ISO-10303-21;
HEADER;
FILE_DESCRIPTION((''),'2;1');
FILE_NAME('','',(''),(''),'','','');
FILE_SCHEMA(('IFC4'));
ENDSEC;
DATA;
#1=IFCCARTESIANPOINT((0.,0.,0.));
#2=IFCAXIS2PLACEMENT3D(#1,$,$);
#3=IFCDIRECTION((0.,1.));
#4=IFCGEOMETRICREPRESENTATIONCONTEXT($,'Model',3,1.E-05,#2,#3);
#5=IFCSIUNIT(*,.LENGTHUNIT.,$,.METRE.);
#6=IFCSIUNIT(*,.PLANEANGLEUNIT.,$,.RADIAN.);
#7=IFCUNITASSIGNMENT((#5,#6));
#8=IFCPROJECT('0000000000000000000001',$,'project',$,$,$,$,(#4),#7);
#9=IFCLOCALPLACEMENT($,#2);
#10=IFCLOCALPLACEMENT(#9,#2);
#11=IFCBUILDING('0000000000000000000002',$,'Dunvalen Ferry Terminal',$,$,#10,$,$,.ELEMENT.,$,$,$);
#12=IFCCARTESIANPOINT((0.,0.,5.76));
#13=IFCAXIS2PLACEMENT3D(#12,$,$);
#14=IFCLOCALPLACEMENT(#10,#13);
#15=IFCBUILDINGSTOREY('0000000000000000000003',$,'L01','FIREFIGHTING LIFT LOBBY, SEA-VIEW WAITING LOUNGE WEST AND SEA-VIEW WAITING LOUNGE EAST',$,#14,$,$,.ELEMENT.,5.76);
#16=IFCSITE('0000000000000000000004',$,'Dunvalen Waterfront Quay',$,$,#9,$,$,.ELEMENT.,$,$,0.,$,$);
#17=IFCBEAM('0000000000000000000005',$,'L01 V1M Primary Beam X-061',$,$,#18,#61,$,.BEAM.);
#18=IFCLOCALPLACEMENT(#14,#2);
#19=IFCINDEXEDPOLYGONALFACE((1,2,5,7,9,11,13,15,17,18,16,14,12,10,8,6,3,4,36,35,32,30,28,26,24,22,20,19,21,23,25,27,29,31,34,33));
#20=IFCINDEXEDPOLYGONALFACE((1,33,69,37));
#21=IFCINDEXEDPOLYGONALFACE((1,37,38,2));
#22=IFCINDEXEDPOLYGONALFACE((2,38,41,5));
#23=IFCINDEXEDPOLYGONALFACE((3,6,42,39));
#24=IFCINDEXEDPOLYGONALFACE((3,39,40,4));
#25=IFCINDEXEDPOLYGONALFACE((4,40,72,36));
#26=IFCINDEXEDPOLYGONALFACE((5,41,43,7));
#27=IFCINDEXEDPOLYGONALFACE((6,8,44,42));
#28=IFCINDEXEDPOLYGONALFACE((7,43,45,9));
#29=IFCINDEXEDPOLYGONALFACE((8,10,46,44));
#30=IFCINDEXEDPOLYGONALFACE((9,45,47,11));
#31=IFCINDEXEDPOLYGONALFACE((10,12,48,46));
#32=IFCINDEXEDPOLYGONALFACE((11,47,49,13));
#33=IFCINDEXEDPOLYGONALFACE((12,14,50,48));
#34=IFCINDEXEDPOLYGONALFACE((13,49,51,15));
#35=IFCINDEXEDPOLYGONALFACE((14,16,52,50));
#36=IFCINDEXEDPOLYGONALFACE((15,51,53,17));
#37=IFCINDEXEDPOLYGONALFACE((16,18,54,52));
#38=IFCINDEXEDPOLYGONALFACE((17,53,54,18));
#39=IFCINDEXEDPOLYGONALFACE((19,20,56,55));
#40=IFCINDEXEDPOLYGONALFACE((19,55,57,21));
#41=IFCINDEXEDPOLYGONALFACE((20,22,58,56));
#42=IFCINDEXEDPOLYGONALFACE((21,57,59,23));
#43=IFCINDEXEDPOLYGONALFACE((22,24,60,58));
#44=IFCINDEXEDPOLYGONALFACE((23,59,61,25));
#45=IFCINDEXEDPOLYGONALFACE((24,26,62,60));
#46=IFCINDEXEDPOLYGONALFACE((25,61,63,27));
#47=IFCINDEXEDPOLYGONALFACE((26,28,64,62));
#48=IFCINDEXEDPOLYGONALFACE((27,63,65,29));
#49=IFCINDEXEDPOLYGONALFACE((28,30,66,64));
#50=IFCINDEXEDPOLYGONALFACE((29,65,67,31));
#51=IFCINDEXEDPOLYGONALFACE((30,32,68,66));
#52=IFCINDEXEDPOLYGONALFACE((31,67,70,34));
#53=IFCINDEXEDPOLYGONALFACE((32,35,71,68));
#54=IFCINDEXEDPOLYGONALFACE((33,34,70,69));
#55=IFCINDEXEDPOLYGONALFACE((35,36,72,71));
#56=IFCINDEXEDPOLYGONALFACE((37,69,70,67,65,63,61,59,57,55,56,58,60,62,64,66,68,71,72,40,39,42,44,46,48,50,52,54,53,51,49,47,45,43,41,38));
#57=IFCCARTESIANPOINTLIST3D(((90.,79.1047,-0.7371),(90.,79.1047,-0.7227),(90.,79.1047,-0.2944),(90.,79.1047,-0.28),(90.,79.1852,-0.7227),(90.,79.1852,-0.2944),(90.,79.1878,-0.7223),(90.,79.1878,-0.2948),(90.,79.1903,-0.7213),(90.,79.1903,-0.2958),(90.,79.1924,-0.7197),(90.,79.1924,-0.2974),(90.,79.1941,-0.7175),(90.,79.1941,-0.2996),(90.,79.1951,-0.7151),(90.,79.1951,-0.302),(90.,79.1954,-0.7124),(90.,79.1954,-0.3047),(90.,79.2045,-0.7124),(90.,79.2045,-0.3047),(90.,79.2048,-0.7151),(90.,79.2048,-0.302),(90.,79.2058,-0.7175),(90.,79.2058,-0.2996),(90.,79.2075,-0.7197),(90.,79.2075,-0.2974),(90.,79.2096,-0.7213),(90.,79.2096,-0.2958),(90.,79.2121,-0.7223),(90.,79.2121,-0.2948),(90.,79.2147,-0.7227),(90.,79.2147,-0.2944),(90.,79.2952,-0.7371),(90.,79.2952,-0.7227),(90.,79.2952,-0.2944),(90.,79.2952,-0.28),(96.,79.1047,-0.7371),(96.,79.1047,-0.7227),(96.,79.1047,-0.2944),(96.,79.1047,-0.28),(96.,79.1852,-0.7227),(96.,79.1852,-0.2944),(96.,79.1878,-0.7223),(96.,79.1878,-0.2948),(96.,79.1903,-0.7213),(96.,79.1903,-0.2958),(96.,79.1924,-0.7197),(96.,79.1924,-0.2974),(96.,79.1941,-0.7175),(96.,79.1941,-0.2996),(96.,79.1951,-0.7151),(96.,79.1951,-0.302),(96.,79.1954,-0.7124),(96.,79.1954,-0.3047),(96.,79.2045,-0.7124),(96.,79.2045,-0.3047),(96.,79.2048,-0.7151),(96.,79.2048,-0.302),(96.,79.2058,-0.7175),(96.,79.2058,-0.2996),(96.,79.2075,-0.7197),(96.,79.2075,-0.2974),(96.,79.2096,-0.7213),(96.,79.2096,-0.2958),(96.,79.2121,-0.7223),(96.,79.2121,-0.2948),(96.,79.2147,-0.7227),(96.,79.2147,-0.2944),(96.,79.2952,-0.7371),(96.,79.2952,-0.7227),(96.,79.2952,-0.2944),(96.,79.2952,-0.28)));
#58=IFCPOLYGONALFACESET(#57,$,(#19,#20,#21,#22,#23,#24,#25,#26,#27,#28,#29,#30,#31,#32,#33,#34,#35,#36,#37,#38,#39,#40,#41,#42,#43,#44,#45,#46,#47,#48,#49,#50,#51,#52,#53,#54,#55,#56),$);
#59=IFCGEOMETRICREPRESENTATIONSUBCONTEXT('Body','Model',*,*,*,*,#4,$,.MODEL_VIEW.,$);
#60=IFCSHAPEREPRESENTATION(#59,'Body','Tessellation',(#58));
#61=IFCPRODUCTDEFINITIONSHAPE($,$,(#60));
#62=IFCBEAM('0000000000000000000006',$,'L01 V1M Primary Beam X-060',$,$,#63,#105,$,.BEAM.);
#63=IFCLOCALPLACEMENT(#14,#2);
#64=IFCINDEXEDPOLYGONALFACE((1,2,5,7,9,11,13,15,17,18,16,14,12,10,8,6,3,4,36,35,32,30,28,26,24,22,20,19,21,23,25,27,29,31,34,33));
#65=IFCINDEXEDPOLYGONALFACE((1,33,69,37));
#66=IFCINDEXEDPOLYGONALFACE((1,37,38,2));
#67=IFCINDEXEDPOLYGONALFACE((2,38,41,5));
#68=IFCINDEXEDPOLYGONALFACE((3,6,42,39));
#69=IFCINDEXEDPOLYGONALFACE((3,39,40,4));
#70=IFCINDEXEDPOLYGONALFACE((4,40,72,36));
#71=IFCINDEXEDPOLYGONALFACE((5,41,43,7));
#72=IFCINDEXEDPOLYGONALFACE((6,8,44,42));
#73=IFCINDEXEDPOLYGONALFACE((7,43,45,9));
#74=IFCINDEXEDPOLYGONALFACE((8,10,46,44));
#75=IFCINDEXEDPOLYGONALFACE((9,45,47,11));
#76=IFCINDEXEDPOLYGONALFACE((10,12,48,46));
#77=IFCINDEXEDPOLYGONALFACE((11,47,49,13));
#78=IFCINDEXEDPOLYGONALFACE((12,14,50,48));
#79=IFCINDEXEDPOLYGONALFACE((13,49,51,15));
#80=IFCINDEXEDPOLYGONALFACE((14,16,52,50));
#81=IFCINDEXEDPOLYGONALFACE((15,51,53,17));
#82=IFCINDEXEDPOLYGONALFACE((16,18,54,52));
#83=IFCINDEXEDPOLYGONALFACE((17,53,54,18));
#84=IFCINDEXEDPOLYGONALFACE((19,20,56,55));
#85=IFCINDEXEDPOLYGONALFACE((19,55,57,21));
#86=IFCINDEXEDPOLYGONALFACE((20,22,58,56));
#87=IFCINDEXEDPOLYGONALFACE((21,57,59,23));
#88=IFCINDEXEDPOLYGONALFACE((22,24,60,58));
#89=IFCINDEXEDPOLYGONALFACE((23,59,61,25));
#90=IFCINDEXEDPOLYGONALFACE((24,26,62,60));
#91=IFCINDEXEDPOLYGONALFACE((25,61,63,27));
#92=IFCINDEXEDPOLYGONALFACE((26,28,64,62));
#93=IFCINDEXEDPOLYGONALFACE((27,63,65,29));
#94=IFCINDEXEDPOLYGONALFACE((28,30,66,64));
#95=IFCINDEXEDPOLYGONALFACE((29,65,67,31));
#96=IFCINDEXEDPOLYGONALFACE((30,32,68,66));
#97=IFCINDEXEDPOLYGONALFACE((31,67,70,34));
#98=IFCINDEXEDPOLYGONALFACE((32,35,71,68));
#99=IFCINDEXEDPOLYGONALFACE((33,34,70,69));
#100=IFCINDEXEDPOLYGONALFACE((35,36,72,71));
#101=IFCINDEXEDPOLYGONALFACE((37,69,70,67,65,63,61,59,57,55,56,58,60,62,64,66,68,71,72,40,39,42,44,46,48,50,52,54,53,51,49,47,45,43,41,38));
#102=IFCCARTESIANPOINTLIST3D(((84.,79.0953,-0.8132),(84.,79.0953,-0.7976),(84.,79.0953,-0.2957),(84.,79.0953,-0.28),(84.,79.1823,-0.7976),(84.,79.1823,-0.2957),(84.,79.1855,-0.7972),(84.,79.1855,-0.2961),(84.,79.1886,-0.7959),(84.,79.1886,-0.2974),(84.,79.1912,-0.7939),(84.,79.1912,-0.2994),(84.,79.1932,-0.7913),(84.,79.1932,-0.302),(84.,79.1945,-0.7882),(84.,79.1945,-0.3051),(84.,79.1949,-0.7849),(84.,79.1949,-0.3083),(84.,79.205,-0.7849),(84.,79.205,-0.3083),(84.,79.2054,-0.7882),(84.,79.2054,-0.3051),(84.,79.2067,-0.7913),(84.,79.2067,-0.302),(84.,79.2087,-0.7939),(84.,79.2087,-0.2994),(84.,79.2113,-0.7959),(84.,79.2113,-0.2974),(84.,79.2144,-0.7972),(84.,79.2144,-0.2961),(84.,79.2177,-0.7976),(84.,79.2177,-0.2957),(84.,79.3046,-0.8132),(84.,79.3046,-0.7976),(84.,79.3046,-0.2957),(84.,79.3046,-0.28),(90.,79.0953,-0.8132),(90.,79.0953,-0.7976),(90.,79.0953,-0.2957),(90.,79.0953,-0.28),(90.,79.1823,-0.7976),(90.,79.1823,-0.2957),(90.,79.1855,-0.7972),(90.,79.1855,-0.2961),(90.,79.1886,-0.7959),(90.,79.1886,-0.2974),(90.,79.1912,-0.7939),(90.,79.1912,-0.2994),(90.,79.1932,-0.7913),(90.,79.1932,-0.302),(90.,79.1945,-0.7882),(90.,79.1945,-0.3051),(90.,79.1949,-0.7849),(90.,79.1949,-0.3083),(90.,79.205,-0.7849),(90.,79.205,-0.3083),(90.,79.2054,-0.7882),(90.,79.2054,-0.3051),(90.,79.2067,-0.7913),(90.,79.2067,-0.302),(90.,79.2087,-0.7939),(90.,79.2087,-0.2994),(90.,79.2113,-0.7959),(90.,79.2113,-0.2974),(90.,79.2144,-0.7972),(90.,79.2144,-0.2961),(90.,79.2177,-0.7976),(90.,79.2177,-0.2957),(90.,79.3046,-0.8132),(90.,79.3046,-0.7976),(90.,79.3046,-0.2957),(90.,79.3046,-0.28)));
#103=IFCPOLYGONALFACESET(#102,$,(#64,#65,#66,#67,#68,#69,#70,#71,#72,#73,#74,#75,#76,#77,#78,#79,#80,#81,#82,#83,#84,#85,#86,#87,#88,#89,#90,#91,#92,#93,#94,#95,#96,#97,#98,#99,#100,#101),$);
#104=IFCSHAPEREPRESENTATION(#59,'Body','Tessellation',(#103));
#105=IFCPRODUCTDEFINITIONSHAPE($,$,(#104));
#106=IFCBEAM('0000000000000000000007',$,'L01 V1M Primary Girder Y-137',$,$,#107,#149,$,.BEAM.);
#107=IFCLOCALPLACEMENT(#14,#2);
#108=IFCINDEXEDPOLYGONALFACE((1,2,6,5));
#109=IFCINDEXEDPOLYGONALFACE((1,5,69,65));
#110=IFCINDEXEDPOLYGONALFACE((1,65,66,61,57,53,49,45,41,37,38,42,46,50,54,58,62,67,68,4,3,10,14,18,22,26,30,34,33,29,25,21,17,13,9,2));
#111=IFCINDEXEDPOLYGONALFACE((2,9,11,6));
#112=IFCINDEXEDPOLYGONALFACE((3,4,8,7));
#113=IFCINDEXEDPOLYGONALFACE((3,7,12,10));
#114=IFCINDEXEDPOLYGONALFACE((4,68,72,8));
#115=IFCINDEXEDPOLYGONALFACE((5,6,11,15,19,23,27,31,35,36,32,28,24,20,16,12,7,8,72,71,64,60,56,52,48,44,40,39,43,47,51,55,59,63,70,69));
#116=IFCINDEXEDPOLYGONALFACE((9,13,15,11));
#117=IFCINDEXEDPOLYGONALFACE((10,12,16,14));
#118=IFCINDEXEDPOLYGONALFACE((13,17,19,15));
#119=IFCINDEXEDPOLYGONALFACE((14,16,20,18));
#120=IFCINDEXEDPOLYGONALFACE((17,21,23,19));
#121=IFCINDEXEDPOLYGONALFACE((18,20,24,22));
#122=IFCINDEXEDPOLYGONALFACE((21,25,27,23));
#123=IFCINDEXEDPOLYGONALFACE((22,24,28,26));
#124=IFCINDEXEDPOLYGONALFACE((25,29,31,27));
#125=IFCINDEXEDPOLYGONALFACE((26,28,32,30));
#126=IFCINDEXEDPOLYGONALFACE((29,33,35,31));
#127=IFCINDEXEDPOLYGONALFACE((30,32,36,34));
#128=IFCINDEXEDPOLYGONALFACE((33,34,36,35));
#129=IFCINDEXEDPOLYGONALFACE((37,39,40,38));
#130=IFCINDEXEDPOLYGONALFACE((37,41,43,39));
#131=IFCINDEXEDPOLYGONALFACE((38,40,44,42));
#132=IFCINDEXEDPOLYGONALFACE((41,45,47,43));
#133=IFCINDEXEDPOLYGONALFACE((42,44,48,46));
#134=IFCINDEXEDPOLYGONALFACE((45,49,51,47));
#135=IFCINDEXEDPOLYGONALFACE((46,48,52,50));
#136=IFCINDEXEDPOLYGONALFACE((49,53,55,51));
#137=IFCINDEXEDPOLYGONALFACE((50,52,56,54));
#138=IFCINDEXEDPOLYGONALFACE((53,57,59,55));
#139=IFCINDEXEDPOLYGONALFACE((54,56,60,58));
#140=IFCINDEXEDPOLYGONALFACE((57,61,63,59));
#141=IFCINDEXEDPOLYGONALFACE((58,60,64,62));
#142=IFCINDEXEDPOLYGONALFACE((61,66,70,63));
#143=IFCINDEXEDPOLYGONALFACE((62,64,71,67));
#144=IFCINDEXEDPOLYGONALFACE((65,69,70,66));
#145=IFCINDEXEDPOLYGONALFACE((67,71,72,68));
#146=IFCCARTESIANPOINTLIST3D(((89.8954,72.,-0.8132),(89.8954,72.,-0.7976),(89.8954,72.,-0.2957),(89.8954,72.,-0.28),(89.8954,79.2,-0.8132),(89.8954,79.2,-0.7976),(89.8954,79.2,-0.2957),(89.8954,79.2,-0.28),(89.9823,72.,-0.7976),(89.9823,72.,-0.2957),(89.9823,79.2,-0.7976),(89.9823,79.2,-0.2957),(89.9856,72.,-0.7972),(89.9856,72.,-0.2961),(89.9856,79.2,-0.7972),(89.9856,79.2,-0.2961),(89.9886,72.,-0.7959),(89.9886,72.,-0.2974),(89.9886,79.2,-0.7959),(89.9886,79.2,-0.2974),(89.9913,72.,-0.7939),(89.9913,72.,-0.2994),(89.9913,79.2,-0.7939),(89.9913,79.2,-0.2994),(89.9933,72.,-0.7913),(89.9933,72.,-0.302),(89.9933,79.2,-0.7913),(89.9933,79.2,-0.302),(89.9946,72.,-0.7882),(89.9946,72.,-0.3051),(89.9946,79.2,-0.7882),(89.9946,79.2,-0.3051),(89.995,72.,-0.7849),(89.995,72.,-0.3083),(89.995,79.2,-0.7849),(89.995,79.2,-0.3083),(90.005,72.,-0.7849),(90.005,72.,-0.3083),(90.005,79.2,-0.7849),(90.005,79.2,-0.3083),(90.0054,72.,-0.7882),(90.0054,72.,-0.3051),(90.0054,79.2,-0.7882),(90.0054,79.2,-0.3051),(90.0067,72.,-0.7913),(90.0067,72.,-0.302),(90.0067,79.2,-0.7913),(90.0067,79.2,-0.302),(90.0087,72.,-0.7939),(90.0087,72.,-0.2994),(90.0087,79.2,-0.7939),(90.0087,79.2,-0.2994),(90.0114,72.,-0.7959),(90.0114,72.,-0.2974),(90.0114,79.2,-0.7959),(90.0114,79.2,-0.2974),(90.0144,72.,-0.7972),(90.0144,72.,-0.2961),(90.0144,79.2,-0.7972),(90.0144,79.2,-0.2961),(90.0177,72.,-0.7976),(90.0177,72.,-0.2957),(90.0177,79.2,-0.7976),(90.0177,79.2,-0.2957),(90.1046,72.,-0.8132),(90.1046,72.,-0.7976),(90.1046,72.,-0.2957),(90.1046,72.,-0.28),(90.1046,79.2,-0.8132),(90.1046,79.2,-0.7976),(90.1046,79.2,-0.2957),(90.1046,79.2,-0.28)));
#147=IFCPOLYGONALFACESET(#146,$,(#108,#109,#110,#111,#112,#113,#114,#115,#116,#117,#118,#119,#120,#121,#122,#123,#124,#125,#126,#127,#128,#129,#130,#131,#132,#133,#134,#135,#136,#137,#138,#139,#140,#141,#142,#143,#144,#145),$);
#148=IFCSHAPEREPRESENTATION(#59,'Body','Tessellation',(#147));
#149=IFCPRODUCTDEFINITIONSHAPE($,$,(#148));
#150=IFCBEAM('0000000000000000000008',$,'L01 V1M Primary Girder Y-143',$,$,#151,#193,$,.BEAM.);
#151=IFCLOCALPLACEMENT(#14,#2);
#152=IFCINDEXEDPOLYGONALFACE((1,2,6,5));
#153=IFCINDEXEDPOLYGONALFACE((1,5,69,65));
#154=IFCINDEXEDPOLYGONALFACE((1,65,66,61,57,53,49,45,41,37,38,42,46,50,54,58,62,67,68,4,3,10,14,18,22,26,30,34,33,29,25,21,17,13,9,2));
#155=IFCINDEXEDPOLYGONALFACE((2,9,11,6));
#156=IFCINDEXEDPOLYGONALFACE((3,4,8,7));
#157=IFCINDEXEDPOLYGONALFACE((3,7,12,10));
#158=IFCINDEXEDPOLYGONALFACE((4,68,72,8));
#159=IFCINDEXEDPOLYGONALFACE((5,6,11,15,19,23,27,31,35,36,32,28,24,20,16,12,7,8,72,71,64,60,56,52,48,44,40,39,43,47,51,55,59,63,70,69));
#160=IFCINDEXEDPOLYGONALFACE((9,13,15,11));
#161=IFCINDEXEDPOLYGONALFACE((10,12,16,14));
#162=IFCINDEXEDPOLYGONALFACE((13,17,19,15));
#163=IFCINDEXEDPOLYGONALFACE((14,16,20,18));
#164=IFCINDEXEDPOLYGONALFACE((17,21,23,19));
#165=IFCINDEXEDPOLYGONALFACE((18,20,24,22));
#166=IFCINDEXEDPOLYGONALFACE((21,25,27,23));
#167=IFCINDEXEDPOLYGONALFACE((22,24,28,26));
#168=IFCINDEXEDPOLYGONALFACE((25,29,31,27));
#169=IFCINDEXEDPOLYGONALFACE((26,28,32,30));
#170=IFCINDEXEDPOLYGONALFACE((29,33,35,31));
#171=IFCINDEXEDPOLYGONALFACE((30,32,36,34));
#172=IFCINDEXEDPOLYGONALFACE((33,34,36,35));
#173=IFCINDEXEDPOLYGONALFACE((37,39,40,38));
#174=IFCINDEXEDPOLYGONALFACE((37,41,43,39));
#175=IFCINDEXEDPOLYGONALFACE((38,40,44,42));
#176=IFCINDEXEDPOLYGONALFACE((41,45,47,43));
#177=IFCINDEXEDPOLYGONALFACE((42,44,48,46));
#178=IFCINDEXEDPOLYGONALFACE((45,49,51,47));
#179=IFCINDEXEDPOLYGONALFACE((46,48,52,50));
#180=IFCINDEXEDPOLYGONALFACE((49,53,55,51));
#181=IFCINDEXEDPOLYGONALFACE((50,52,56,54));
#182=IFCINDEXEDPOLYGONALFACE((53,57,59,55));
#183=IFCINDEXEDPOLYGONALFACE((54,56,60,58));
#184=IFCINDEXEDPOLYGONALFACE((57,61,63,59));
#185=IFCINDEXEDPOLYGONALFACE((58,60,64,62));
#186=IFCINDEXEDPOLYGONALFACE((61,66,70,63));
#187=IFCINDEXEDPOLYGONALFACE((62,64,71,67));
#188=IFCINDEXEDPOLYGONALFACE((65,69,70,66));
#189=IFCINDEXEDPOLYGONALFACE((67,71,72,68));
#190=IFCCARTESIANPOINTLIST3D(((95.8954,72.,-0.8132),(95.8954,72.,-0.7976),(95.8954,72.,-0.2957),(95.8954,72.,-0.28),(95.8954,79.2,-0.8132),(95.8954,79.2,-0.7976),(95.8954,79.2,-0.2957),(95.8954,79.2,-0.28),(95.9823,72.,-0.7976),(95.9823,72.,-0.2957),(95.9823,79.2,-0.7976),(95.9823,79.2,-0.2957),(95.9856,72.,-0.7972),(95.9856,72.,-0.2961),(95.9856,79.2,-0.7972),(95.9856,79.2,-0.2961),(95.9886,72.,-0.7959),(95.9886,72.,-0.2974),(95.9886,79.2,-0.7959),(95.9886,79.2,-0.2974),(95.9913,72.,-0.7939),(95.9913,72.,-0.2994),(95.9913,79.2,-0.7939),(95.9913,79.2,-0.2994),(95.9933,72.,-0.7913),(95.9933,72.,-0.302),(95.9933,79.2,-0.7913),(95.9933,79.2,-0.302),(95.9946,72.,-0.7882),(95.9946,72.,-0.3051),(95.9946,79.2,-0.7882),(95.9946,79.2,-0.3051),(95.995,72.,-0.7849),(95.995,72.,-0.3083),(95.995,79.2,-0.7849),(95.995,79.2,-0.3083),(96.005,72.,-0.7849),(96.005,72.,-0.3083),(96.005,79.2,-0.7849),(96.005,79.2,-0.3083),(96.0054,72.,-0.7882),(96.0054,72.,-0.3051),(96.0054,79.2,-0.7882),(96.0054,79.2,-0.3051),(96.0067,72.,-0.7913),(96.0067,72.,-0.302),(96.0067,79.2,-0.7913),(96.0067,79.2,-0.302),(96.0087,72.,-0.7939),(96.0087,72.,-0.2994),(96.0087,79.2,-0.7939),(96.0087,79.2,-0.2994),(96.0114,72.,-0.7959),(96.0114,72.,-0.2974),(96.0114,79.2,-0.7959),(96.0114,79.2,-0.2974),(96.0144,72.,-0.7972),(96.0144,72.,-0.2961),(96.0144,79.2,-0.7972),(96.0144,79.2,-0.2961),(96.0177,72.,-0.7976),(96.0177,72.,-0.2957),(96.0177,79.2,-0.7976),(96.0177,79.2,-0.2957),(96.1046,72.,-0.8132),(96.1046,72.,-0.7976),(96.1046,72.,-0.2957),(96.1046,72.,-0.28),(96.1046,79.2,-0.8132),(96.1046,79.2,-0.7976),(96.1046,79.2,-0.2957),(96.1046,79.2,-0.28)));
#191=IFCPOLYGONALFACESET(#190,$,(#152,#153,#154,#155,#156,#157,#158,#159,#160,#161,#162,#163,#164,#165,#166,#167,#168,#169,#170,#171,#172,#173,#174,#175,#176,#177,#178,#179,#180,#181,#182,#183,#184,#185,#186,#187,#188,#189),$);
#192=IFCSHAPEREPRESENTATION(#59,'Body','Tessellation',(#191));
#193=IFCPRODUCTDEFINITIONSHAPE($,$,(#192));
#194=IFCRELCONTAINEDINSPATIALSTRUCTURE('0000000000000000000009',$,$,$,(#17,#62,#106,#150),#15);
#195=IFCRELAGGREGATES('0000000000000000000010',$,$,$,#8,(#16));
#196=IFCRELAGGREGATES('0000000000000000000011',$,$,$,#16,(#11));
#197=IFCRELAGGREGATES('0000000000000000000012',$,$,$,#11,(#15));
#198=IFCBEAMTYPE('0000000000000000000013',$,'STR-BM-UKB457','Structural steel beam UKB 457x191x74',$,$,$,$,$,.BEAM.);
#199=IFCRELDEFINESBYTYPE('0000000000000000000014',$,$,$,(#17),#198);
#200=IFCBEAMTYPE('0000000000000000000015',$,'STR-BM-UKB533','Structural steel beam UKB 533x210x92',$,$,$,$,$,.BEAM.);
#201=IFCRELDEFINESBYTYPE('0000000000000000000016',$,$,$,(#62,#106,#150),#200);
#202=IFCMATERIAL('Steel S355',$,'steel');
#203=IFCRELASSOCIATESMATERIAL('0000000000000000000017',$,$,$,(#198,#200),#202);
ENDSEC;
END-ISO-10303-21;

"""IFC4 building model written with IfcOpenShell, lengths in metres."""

from ifc_helpers import new_model, si_unit, direction, frame, origin, origin_2d, place, context, subcontext, project, spatial, i_section, extrude, material, material_profile, profile_set, type_object, element, save


model = new_model("IFC4")

# Units and contexts
model_context = context("Model", 3, precision=1e-05, world=origin(), true_north=direction((0.0, 1.0)))
body_context = subcontext(model_context, "Body", "Model", "MODEL_VIEW")
ifc_project = project(units=[si_unit("LENGTHUNIT", "METRE"), si_unit("PLANEANGLEUNIT", "RADIAN")], contexts=[model_context])

# Site, building, storey
site_placement = place(None, origin())
site = spatial("IfcSite", under=ifc_project, at=site_placement, Name="Dunvalen Waterfront Quay", CompositionType="ELEMENT", RefElevation=0.0)
building_placement = place(site_placement, origin())
building = spatial("IfcBuilding", under=site, at=building_placement, Name="Dunvalen Ferry Terminal", CompositionType="ELEMENT")
storey_placement = place(building_placement, frame((0.0, 0.0, 5.76)))
storey = spatial("IfcBuildingStorey", under=building, at=storey_placement, Name="L01", Description="FIREFIGHTING LIFT LOBBY, SEA-VIEW WAITING LOUNGE WEST AND SEA-VIEW WAITING LOUNGE EAST", CompositionType="ELEMENT", Elevation=5.76)

# Beams
ifc_material_1 = material(Name="Steel S355", Category="steel")
ifc_material_profile_1 = material_profile(ifc_material_1, i_section(OverallWidth=0.1904, OverallDepth=0.457, WebThickness=0.009, FlangeThickness=0.0144, FilletRadius=0.0103, at=origin_2d()), Name="Steel S355")
ifc_profile_set_1 = profile_set([ifc_material_profile_1], Name="Steel S355")
beam_type_1 = type_object("IfcBeamType", Name="STR-BM-UKB457", Description="Structural steel beam UKB 457x191x74", PredefinedType="BEAM", material=ifc_profile_set_1)
beam_1_placement = place(storey_placement, frame((90.0, 79.2, -0.5085), z_axis=(1.0, 0.0, 0.0), x_axis=(0.0, 1.0, 0.0)))
element("IfcBeam", 1, at=beam_1_placement, inside=storey, type_object=beam_type_1, Name="L01 V1M Primary Beam X-061", PredefinedType="BEAM", context=body_context, shape_type="SweptSolid", body=[
    extrude(i_section(OverallWidth=0.1904, OverallDepth=0.457, WebThickness=0.009, FlangeThickness=0.0144, FilletRadius=0.0103, at=origin_2d()), origin(), (0.0, 0.0, 1.0), 6.0),
])
ifc_material_profile_2 = material_profile(ifc_material_1, i_section(OverallWidth=0.2092, OverallDepth=0.5332, WebThickness=0.01, FlangeThickness=0.0156, FilletRadius=0.0127, at=origin_2d()), Name="Steel S355")
ifc_profile_set_2 = profile_set([ifc_material_profile_2], Name="Steel S355")
beam_type_2 = type_object("IfcBeamType", Name="STR-BM-UKB533", Description="Structural steel beam UKB 533x210x92", PredefinedType="BEAM", material=ifc_profile_set_2)
beam_2_placement = place(storey_placement, frame((84.0, 79.2, -0.5466), z_axis=(1.0, 0.0, 0.0), x_axis=(0.0, 1.0, 0.0)))
element("IfcBeam", 2, at=beam_2_placement, inside=storey, type_object=beam_type_2, Name="L01 V1M Primary Beam X-060", PredefinedType="BEAM", context=body_context, shape_type="SweptSolid", body=[
    extrude(i_section(OverallWidth=0.2092, OverallDepth=0.5332, WebThickness=0.01, FlangeThickness=0.0156, FilletRadius=0.0127, at=origin_2d()), origin(), (0.0, 0.0, 1.0), 6.0),
])
for number, where, z_axis, x_axis, name in (
    (3, (90.0, 72.0, -0.5466), (0.0, 1.0, 0.0), (-1.0, 0.0, 0.0), "L01 V1M Primary Girder Y-137"),
    (4, (96.0, 72.0, -0.5466), (0.0, 1.0, 0.0), (-1.0, 0.0, 0.0), "L01 V1M Primary Girder Y-143"),
):
    element("IfcBeam", number, at=place(storey_placement, frame(where, z_axis=z_axis, x_axis=x_axis)), inside=storey, type_object=beam_type_2, Name=name, PredefinedType="BEAM", context=body_context, shape_type="SweptSolid", body=[
        extrude(i_section(OverallWidth=0.2092, OverallDepth=0.5332, WebThickness=0.01, FlangeThickness=0.0156, FilletRadius=0.0127, at=origin_2d()), origin(), (0.0, 0.0, 1.0), 7.2),
    ])

save(model, "model.ifc")
